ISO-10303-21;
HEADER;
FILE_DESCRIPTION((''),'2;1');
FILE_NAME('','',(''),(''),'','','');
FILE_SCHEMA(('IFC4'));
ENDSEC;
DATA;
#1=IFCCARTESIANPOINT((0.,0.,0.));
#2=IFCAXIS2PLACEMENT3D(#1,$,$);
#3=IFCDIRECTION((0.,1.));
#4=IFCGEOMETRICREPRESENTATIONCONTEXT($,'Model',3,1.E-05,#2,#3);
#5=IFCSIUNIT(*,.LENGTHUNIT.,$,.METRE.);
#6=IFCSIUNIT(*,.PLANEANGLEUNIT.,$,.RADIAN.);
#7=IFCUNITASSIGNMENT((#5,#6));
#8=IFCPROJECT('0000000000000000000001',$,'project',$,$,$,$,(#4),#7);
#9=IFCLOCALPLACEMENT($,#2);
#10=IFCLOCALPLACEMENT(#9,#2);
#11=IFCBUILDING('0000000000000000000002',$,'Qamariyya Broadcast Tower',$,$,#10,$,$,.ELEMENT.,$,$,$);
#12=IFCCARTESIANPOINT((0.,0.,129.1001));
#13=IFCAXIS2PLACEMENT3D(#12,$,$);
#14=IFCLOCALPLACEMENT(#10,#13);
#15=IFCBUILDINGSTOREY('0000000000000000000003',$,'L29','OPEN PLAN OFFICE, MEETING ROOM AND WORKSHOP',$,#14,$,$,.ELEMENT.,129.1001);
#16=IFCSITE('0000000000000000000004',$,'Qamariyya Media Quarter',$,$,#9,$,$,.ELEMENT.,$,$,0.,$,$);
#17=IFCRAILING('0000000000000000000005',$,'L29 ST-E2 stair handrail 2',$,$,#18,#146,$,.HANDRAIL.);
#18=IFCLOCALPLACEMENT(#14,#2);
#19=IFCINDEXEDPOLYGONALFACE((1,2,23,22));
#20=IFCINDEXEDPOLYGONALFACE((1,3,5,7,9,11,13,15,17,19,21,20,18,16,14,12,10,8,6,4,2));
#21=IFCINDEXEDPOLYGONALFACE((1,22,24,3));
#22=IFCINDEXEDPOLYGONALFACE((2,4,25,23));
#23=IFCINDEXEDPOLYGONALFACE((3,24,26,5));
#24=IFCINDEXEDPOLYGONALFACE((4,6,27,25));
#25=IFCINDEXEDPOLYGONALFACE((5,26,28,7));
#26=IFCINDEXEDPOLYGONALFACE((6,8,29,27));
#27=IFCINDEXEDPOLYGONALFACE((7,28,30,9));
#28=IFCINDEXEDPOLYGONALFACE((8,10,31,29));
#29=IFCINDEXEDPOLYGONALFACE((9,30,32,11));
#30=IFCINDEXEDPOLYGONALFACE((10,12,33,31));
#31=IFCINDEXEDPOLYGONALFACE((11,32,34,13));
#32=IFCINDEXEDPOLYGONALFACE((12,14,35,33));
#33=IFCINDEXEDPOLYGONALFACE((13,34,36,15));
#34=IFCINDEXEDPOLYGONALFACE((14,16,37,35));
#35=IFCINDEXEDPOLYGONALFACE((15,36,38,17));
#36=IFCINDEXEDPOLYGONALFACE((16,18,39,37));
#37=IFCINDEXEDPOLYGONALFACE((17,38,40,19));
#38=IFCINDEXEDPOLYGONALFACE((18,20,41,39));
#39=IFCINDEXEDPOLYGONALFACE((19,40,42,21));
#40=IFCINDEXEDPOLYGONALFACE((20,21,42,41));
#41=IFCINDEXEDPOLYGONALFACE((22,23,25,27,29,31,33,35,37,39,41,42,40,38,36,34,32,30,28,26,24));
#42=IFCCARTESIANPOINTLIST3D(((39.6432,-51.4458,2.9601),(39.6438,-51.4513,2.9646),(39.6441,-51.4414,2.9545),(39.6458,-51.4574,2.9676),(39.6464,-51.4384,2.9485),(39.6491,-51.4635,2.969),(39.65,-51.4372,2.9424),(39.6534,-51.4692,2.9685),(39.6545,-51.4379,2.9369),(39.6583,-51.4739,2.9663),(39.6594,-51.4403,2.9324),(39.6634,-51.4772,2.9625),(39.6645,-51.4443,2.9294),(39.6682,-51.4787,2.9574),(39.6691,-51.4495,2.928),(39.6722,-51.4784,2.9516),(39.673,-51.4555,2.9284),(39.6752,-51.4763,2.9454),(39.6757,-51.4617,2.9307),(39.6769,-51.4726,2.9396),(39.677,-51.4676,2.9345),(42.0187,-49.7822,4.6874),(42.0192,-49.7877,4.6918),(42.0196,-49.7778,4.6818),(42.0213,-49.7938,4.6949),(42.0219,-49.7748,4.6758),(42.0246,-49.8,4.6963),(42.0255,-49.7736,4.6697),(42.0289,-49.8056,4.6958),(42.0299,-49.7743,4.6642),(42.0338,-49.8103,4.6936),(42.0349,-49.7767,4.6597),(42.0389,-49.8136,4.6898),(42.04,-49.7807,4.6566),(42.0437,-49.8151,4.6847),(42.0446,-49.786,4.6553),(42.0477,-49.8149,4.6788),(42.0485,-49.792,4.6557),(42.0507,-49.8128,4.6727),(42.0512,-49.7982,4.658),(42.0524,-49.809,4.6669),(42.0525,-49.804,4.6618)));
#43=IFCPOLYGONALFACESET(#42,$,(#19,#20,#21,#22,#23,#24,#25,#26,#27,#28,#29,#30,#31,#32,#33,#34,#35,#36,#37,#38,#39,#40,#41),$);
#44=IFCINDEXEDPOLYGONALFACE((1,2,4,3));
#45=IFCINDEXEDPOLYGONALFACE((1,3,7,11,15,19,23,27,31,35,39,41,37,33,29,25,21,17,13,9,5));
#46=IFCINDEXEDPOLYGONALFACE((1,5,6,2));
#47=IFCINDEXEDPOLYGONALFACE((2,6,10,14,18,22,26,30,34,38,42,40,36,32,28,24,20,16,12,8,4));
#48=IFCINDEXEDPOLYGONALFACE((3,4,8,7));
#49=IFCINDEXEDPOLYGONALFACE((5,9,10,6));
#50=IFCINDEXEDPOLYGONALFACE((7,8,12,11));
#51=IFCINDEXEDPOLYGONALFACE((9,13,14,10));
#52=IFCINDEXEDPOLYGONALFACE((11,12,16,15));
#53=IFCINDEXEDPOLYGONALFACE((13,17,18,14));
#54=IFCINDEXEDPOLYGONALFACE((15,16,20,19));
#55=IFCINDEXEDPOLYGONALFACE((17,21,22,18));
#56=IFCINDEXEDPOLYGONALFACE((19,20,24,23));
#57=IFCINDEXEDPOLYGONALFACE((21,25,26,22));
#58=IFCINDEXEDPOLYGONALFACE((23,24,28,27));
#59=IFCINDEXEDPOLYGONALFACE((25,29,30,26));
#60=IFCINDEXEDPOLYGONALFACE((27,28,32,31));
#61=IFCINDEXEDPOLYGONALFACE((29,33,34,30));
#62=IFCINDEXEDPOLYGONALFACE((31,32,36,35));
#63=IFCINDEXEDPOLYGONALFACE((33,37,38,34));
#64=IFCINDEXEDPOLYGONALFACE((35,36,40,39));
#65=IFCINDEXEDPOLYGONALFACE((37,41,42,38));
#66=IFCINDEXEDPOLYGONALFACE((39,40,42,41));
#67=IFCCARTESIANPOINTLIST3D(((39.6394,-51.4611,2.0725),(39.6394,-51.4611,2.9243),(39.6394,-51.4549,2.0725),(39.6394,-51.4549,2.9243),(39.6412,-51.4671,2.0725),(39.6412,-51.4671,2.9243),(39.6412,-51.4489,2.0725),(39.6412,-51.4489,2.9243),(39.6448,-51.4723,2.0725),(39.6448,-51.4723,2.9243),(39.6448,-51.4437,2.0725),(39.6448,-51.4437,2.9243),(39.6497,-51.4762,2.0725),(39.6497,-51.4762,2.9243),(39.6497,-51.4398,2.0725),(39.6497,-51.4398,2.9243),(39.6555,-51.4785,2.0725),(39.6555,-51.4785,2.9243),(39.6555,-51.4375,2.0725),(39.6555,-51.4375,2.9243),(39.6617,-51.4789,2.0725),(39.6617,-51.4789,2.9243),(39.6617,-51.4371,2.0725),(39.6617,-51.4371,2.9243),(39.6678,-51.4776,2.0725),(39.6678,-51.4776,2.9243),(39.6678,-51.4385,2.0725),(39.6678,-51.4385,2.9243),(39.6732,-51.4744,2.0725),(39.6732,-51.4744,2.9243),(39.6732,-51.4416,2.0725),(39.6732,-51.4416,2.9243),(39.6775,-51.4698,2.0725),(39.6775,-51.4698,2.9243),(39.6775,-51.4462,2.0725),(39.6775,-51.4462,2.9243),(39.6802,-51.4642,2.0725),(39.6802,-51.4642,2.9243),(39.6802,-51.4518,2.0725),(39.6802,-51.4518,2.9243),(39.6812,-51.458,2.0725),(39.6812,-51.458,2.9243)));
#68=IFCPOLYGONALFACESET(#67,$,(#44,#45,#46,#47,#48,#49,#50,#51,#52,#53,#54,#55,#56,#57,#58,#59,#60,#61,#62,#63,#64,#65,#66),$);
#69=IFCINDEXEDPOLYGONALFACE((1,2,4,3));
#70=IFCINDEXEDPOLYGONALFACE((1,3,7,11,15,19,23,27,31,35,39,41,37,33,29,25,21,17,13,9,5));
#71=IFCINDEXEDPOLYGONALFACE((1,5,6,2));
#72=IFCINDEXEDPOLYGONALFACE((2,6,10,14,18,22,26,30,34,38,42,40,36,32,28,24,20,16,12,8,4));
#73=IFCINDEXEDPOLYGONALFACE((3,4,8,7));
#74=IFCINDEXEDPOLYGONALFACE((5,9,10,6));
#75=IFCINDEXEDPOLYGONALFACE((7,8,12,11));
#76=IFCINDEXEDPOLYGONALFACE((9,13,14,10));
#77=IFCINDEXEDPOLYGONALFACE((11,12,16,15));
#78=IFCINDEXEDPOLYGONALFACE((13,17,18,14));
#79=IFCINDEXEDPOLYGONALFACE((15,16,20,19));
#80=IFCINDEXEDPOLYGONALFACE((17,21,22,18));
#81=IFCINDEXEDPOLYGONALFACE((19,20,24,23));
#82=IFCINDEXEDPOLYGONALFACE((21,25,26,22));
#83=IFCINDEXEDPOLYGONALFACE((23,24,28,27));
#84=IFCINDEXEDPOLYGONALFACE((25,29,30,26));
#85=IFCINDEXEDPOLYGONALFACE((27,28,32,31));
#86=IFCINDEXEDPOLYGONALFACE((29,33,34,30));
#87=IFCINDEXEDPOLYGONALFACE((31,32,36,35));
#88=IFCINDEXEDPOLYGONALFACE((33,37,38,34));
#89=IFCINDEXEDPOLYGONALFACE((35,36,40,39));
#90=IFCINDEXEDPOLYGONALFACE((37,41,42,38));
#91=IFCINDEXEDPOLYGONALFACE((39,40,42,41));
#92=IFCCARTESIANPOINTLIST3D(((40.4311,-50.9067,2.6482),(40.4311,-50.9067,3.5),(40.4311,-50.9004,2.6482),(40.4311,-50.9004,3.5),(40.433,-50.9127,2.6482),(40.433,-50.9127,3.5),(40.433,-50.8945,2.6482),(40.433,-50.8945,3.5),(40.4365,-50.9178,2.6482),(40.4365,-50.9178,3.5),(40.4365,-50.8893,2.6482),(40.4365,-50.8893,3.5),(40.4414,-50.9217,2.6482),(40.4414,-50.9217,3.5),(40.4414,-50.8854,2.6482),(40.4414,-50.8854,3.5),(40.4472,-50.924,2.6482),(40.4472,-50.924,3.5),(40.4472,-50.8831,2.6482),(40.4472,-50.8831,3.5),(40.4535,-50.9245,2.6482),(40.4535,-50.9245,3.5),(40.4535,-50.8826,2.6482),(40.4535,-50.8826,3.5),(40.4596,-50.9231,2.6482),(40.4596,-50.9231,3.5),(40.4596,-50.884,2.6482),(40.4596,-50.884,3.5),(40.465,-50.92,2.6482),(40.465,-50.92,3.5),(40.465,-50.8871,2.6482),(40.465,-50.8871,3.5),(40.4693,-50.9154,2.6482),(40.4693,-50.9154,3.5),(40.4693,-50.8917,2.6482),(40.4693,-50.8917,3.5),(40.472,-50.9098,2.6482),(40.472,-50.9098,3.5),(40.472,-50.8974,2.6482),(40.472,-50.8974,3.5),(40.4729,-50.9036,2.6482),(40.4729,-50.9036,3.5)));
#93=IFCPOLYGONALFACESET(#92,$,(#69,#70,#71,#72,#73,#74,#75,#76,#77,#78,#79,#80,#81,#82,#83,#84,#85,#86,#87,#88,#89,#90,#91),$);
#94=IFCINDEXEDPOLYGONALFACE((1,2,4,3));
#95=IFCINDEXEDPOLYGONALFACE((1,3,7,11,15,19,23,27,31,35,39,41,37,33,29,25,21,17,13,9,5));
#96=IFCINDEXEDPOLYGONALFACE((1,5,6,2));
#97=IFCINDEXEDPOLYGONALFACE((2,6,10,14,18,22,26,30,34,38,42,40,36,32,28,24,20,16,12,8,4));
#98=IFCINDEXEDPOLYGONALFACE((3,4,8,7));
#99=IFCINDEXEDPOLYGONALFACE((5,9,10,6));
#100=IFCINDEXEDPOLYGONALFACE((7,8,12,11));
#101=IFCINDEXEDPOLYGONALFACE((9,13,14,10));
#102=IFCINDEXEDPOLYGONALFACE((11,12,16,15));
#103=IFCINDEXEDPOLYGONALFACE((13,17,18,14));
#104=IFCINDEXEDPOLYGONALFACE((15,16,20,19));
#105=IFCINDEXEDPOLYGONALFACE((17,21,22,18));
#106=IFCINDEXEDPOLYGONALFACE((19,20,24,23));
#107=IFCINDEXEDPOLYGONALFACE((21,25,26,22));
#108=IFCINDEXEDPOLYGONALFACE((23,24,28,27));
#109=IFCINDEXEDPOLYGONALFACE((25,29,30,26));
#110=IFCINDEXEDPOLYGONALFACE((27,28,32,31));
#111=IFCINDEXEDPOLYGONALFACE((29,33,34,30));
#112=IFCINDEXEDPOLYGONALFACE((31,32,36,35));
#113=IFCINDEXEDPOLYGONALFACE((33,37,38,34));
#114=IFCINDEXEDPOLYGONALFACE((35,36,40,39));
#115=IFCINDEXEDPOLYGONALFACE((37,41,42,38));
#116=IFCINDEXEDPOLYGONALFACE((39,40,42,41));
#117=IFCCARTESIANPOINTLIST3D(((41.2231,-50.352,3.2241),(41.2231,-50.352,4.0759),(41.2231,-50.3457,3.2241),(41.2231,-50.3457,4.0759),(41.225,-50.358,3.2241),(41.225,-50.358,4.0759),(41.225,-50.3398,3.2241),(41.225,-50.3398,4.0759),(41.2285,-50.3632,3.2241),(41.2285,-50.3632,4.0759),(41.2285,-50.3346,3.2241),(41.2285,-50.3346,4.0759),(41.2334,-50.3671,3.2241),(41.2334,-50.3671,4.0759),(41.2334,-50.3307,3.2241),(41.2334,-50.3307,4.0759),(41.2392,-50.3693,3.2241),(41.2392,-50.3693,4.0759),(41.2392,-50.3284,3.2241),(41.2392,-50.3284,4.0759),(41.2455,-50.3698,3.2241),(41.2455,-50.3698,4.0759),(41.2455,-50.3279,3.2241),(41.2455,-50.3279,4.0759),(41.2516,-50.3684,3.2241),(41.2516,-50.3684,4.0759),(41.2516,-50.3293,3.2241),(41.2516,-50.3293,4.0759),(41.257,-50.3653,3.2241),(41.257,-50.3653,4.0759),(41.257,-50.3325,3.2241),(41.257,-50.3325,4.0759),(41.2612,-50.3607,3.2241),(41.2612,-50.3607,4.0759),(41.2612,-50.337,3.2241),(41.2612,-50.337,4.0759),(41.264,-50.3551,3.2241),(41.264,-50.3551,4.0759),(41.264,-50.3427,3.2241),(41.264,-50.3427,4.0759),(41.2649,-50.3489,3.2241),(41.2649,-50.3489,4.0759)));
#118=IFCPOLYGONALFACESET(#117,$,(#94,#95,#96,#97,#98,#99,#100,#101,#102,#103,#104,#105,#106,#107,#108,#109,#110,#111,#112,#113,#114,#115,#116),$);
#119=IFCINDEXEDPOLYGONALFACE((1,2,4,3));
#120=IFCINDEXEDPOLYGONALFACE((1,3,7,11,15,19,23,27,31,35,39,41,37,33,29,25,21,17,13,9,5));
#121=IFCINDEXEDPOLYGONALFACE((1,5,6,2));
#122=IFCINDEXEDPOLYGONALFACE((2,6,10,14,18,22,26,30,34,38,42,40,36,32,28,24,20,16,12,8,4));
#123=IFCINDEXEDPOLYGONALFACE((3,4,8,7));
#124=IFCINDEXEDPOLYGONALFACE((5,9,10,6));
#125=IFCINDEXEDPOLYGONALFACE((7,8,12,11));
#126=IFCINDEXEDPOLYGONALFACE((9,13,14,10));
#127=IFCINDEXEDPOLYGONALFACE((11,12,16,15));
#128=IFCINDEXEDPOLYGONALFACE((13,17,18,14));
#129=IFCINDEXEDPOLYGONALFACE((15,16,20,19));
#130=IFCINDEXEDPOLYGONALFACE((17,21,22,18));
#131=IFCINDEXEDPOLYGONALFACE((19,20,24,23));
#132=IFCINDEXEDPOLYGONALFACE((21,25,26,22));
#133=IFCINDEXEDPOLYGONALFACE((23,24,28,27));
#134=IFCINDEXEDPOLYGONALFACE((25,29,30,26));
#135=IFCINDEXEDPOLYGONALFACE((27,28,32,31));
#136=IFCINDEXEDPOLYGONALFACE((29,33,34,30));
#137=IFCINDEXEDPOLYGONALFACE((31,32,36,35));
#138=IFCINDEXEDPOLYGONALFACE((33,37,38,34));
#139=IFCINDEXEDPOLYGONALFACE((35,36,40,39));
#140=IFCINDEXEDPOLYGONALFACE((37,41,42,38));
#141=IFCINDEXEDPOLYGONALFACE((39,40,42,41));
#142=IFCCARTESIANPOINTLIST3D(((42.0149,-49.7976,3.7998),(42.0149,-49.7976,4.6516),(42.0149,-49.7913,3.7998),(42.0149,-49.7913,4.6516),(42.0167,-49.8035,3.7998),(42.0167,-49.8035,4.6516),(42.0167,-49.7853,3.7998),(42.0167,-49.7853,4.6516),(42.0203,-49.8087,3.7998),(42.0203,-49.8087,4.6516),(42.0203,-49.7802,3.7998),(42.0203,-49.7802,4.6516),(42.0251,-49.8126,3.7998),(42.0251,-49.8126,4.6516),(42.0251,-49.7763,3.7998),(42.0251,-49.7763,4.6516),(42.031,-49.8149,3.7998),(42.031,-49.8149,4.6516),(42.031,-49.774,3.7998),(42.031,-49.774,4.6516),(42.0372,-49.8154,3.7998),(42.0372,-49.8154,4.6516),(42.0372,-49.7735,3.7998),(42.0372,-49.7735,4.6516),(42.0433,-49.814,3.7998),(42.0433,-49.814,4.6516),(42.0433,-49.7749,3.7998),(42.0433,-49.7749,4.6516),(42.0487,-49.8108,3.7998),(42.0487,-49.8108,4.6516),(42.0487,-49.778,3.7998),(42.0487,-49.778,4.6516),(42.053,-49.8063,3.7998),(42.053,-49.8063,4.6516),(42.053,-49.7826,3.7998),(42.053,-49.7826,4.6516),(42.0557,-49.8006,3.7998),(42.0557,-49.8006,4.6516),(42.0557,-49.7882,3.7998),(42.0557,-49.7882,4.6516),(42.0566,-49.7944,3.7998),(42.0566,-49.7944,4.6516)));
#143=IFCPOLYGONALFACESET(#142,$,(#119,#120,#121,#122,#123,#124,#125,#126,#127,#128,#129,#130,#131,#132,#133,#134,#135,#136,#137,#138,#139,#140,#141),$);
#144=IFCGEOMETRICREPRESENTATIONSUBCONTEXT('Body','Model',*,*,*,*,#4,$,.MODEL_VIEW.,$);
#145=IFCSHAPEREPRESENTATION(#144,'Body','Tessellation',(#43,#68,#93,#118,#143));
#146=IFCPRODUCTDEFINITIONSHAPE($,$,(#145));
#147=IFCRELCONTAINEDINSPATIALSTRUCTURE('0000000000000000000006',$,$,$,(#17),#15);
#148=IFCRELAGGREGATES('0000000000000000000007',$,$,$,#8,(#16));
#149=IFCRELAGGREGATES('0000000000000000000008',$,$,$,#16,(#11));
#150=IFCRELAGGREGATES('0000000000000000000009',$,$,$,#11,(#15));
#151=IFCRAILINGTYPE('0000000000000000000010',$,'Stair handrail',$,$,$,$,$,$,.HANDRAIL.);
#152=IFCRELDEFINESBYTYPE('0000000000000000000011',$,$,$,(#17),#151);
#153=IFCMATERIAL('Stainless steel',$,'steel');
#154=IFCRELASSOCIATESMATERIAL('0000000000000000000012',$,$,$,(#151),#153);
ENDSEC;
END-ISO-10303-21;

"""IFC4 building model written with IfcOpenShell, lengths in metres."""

from ifc_helpers import new_model, si_unit, direction, frame, origin, origin_2d, place, context, subcontext, project, spatial, circle, extrude, material, type_object, element, save


model = new_model("IFC4")

# Units and contexts
model_context = context("Model", 3, precision=1e-05, world=origin(), true_north=direction((0.0, 1.0)))
body_context = subcontext(model_context, "Body", "Model", "MODEL_VIEW")
ifc_project = project(units=[si_unit("LENGTHUNIT", "METRE"), si_unit("PLANEANGLEUNIT", "RADIAN")], contexts=[model_context])

# Site, building, storey
site_placement = place(None, origin())
site = spatial("IfcSite", under=ifc_project, at=site_placement, Name="Qamariyya Media Quarter", CompositionType="ELEMENT", RefElevation=0.0)
building_placement = place(site_placement, origin())
building = spatial("IfcBuilding", under=site, at=building_placement, Name="Qamariyya Broadcast Tower", CompositionType="ELEMENT")
storey_placement = place(building_placement, frame((0.0, 0.0, 129.1001)))
storey = spatial("IfcBuildingStorey", under=building, at=storey_placement, Name="L29", Description="OPEN PLAN OFFICE, MEETING ROOM AND WORKSHOP", CompositionType="ELEMENT", Elevation=129.1001)

# Railing
ifc_material_1 = material(Name="Stainless steel", Category="steel")
railing_type_1 = type_object("IfcRailingType", Name="Stair handrail", PredefinedType="HANDRAIL", material=ifc_material_1)
railing_1_placement = place(storey_placement, frame((39.6602, -51.458, 2.0725)))
element("IfcRailing", 1, at=railing_1_placement, inside=storey, type_object=railing_type_1, Name="L29 ST-E2 stair handrail 2", PredefinedType="HANDRAIL", context=body_context, shape_type="SweptSolid", body=[
    extrude(circle(Radius=0.0239, at=origin_2d()), frame((0.0, 0.0, 0.876), z_axis=(0.703745, 0.492838, 0.511716), x_axis=(-0.573632, 0.819113, 0.0)), (0.0, 0.0, 1.0), 3.3755),
    extrude(circle(Radius=0.021, at=origin_2d()), origin(), (0.0, 0.0, 1.0), 0.8518),
    extrude(circle(Radius=0.021, at=origin_2d()), frame((0.7917, 0.5544, 0.5757)), (0.0, 0.0, 1.0), 0.8518),
    extrude(circle(Radius=0.021, at=origin_2d()), frame((1.5837, 1.1091, 1.1516)), (0.0, 0.0, 1.0), 0.8518),
    extrude(circle(Radius=0.021, at=origin_2d()), frame((2.3755, 1.6636, 1.7273)), (0.0, 0.0, 1.0), 0.8518),
])

save(model, "model.ifc")
